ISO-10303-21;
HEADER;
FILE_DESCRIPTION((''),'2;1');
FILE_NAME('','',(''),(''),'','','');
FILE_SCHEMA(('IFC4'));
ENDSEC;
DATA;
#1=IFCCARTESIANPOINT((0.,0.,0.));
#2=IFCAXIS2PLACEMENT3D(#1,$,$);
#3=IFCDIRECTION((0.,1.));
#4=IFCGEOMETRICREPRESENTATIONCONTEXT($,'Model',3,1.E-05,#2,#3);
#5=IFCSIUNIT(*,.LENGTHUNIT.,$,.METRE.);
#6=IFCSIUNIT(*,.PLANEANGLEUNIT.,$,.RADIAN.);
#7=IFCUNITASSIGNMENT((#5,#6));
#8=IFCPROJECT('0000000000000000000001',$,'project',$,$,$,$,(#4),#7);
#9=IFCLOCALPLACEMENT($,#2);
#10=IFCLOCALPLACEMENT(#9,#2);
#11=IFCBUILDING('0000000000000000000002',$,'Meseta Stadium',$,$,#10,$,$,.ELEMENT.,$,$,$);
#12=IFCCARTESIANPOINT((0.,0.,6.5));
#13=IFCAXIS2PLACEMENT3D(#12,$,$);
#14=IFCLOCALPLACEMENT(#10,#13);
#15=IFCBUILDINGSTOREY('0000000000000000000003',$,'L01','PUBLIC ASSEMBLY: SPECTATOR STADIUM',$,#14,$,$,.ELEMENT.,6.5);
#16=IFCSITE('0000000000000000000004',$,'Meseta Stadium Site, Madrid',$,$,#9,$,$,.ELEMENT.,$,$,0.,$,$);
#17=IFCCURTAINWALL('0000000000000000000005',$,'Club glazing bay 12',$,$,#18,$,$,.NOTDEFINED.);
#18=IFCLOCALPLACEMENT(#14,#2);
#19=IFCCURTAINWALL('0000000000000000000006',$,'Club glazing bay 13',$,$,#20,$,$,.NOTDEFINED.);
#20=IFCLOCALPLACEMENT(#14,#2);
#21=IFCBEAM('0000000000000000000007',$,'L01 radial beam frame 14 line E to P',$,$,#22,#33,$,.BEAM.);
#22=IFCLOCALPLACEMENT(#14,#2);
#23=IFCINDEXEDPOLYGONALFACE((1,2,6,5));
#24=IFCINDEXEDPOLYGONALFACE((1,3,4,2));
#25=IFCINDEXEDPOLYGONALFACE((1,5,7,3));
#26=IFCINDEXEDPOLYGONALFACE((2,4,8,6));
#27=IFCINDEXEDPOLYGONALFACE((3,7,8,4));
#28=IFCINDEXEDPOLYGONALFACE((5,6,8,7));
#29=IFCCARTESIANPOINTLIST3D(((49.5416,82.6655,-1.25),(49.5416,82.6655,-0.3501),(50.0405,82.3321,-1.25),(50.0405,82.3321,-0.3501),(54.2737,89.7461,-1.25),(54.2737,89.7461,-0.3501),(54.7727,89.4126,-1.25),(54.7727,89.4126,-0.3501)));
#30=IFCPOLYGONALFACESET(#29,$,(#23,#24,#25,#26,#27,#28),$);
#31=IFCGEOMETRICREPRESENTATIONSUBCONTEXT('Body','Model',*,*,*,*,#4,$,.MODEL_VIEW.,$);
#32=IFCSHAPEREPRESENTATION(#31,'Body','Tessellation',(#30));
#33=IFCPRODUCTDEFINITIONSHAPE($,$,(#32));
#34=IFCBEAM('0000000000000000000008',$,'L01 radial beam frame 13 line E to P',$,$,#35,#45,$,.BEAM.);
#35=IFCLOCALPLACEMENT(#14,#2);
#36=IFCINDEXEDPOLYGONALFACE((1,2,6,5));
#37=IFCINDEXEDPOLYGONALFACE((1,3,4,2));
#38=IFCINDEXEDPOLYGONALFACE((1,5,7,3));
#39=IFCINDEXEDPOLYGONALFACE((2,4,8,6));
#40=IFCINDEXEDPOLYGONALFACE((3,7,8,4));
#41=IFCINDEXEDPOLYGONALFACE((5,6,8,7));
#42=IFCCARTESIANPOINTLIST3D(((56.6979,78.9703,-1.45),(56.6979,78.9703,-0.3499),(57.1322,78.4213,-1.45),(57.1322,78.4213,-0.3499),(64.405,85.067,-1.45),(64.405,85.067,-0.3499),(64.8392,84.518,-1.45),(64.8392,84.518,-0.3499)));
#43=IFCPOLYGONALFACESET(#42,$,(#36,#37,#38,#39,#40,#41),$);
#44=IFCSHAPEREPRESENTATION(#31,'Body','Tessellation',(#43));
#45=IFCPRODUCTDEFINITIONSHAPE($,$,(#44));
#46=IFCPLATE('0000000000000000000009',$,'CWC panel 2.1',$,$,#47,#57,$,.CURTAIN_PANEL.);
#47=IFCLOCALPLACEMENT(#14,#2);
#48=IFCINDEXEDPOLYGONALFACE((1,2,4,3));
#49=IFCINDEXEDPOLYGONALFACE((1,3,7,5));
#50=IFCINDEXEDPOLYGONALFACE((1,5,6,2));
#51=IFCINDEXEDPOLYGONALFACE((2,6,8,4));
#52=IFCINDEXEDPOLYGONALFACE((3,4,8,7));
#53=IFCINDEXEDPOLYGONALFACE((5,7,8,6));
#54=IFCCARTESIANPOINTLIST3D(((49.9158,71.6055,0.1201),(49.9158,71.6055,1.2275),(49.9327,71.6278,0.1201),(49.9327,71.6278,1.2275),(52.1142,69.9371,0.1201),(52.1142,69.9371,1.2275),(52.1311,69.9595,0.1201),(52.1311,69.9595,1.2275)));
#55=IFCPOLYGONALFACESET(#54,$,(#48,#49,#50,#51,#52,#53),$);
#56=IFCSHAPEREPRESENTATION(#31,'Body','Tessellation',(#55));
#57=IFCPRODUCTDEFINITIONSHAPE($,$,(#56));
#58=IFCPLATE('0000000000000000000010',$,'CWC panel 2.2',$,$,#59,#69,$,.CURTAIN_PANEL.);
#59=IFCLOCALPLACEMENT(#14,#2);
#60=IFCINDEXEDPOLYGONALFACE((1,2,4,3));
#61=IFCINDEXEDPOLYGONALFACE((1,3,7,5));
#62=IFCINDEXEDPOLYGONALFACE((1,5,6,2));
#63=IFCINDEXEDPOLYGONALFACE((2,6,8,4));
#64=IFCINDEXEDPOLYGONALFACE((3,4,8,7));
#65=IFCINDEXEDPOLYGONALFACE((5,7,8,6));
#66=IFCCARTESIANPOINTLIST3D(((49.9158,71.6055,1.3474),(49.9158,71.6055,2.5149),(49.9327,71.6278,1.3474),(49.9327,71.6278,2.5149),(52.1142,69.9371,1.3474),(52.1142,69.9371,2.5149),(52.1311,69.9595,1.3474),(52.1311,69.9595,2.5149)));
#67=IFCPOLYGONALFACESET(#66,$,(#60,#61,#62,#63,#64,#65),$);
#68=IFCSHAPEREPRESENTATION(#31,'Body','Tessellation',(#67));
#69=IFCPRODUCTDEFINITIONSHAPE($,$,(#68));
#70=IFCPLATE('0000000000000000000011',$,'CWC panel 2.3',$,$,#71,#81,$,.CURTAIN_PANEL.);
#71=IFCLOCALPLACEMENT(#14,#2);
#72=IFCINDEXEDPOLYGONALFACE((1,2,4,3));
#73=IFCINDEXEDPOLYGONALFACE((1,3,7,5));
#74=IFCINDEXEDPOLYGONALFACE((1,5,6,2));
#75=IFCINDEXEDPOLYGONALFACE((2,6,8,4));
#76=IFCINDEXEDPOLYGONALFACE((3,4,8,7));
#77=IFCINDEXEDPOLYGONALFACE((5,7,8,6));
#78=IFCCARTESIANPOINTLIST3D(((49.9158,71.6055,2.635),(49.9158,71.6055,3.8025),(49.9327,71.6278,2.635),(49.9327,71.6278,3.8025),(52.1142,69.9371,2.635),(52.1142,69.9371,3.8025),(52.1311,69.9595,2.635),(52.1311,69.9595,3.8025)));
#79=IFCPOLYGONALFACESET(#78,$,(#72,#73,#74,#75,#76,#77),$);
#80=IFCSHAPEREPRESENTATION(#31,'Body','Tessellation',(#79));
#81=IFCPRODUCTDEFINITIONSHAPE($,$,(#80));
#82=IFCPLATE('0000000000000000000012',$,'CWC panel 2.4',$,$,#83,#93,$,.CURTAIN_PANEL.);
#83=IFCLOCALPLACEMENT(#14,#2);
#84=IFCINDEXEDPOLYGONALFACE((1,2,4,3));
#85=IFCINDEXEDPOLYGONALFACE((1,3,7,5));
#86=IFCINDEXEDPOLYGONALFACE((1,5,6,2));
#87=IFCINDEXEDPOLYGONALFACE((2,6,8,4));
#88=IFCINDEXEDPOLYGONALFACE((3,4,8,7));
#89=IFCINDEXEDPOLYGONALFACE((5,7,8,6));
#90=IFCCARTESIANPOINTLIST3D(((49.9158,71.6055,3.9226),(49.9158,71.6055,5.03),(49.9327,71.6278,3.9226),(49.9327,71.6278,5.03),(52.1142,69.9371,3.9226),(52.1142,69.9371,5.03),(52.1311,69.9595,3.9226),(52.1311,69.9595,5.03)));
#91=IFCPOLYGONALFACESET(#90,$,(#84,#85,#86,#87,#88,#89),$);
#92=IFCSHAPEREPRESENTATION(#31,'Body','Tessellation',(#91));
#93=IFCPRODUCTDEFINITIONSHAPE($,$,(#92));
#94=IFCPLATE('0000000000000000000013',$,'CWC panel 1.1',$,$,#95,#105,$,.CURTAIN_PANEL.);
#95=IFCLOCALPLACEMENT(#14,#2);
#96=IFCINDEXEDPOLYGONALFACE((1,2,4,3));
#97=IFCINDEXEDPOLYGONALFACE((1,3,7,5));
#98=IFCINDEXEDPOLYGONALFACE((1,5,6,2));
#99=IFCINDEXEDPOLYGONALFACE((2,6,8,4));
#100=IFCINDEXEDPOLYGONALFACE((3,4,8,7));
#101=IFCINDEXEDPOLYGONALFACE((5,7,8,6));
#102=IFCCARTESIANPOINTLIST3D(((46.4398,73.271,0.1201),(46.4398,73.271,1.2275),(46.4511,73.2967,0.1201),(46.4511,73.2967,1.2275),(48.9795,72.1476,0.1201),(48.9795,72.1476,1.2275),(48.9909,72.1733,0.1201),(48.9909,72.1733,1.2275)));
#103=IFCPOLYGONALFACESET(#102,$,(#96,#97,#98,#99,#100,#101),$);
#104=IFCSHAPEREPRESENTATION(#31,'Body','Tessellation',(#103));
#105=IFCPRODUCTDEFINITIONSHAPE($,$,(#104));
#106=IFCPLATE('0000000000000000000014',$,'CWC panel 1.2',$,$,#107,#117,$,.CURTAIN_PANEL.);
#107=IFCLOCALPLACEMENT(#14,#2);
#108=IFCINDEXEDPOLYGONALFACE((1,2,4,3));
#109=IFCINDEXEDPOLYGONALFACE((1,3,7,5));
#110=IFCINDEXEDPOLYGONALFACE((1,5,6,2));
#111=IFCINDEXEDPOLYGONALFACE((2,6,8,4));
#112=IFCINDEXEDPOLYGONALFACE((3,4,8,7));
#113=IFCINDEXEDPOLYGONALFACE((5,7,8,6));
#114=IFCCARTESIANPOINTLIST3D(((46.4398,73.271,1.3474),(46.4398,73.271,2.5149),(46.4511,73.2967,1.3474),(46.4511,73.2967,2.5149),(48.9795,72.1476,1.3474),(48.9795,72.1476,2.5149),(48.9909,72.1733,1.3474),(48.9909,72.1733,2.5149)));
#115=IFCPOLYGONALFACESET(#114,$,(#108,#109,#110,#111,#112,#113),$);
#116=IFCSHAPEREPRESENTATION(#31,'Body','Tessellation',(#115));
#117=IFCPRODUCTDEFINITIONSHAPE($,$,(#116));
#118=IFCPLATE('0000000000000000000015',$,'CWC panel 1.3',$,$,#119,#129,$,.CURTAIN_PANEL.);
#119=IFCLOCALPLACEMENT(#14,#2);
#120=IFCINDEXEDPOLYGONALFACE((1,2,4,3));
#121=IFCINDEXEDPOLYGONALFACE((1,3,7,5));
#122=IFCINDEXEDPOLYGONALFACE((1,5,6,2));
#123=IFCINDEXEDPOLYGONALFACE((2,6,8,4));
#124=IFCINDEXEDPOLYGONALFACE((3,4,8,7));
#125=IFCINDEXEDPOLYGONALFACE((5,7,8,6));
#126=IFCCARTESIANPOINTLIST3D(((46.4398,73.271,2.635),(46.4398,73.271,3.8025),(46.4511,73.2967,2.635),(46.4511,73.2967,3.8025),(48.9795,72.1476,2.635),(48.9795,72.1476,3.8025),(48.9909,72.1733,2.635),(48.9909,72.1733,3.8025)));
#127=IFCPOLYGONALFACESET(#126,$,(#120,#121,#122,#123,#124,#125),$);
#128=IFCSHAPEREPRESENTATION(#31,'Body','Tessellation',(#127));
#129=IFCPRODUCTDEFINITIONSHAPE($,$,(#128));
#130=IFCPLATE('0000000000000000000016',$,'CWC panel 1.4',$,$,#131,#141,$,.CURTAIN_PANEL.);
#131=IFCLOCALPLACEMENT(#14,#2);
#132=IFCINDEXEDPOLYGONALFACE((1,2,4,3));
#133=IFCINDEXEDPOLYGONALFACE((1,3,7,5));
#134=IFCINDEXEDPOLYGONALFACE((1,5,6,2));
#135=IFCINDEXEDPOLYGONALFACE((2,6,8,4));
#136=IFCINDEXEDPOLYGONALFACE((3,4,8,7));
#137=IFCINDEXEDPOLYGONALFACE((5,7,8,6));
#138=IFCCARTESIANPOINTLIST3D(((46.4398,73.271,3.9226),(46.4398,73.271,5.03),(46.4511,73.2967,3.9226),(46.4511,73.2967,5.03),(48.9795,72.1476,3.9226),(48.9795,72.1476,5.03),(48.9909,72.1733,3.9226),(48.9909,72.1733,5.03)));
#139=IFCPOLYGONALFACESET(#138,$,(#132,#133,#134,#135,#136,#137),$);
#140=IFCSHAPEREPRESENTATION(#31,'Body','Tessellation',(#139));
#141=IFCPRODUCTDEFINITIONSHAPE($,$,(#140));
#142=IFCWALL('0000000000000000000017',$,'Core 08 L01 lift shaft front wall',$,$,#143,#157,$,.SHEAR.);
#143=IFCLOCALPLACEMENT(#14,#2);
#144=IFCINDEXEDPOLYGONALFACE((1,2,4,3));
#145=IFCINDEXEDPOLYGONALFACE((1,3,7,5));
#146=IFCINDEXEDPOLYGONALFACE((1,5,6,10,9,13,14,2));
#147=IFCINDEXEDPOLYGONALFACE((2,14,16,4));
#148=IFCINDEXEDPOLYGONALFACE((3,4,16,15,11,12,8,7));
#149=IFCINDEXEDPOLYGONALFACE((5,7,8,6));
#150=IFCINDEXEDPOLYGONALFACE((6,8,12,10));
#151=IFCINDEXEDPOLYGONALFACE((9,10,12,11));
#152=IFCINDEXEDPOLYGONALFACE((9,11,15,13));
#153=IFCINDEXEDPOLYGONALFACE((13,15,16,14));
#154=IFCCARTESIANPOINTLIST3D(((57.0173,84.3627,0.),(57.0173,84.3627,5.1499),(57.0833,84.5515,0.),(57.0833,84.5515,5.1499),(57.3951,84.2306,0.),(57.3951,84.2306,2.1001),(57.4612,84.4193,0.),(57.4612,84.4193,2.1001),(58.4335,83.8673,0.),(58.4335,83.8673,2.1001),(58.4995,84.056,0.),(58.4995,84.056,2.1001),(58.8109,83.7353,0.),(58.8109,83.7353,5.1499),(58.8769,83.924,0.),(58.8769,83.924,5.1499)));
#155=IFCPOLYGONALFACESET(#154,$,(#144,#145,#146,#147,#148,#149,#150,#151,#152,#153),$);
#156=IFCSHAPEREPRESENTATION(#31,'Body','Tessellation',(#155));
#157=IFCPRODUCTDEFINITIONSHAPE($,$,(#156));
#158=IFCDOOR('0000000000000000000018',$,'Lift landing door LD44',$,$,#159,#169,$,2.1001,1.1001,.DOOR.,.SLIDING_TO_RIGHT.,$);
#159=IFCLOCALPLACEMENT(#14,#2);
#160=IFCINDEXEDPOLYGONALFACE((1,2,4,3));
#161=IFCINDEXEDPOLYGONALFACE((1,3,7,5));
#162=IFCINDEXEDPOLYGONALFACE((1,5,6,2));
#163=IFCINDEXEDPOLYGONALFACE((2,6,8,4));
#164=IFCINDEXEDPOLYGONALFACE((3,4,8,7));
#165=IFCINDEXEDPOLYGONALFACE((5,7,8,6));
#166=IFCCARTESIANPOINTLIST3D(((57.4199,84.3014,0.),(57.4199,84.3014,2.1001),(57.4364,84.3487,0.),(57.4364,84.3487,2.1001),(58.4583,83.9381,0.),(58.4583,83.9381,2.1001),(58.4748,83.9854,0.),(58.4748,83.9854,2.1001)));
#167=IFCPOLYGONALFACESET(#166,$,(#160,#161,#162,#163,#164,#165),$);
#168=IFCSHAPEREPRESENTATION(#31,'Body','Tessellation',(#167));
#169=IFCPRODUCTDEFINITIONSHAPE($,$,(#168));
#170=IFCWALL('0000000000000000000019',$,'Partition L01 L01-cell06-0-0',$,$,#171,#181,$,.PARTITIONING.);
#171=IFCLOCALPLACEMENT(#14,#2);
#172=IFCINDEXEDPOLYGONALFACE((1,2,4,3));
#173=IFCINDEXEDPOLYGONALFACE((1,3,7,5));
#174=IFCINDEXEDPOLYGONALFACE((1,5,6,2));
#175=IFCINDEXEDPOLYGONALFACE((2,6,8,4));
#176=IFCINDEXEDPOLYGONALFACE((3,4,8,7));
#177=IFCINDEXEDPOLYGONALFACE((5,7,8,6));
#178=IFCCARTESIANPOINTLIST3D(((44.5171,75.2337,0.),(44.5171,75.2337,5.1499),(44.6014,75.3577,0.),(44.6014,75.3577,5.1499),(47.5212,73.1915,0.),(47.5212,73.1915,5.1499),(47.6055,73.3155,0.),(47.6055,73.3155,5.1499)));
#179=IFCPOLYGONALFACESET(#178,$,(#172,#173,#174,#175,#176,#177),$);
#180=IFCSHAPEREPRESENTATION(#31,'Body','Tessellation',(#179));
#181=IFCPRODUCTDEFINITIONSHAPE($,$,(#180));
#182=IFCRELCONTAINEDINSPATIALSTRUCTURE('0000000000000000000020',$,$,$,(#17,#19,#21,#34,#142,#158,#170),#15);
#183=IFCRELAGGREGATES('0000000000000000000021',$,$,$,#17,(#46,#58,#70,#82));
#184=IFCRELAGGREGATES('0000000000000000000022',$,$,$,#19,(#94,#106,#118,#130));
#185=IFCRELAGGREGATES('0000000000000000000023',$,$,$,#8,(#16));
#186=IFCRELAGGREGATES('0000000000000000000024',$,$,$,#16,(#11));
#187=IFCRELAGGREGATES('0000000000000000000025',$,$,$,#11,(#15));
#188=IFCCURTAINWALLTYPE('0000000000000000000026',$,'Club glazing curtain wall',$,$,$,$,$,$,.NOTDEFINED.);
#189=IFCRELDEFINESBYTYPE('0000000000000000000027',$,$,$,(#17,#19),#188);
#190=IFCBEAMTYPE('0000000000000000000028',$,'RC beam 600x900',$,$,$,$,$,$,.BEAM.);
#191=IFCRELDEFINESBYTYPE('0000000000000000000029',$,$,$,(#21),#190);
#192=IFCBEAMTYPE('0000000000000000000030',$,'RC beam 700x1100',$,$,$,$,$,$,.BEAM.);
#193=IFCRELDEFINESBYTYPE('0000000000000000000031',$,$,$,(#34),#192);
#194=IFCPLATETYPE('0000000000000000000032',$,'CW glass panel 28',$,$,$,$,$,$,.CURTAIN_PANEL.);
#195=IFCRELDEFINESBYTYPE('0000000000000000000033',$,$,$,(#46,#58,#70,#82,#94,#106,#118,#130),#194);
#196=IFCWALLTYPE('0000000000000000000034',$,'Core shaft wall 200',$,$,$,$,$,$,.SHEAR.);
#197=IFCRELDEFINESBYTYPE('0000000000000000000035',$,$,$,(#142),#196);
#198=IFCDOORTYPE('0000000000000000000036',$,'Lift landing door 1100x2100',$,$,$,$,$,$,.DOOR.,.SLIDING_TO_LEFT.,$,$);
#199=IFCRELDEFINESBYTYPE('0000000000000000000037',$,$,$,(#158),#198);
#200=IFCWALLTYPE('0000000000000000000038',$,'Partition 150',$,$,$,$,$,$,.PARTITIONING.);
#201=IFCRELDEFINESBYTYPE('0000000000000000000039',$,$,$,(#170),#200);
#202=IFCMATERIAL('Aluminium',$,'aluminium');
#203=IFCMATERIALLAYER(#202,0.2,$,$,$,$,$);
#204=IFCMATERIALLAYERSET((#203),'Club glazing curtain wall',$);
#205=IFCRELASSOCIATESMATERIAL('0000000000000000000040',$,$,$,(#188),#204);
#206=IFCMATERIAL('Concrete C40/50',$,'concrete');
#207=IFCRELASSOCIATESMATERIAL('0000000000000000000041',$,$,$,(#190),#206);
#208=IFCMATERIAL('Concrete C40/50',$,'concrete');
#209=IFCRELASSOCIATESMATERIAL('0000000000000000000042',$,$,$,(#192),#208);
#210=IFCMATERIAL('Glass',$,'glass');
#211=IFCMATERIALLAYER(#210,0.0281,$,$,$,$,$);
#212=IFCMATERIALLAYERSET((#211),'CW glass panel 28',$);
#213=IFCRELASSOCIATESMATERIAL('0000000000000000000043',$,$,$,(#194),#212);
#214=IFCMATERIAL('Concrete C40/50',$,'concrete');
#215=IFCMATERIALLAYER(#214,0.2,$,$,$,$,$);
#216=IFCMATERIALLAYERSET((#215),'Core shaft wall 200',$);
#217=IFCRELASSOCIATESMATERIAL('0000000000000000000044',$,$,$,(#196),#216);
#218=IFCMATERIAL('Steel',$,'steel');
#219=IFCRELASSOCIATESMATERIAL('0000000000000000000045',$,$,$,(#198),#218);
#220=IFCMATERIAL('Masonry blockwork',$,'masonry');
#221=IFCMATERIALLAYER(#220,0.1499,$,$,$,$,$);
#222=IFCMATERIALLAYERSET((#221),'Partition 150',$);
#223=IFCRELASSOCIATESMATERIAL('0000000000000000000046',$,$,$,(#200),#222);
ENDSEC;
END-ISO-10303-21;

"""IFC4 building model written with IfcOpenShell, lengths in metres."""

from ifc_helpers import new_model, si_unit, direction, frame, frame_2d, origin, origin_2d, place, context, subcontext, project, spatial, rectangle, extrude, material, layer, layer_set, material_profile, profile_set, type_object, element, fill, aggregate, save


model = new_model("IFC4")

# Units and contexts
model_context = context("Model", 3, precision=1e-05, world=origin(), true_north=direction((0.0, 1.0)))
body_context = subcontext(model_context, "Body", "Model", "MODEL_VIEW")
ifc_project = project(units=[si_unit("LENGTHUNIT", "METRE"), si_unit("PLANEANGLEUNIT", "RADIAN")], contexts=[model_context])

# Site, building, storey
site_placement = place(None, origin())
site = spatial("IfcSite", under=ifc_project, at=site_placement, Name="Meseta Stadium Site, Madrid", CompositionType="ELEMENT", RefElevation=0.0)
building_placement = place(site_placement, origin())
building = spatial("IfcBuilding", under=site, at=building_placement, Name="Meseta Stadium", CompositionType="ELEMENT")
storey_placement = place(building_placement, frame((0.0, 0.0, 6.5)))
storey = spatial("IfcBuildingStorey", under=building, at=storey_placement, Name="L01", Description="PUBLIC ASSEMBLY: SPECTATOR STADIUM", CompositionType="ELEMENT", Elevation=6.5)

# Curtain wall
ifc_material_1 = material(Name="Aluminium", Category="aluminium")
ifc_layer_1 = layer(ifc_material_1, 0.2)
ifc_layer_set_1 = layer_set([ifc_layer_1], Name="Club glazing curtain wall")
curtain_wall_type = type_object("IfcCurtainWallType", Name="Club glazing curtain wall", PredefinedType="NOTDEFINED", material=ifc_layer_set_1)
curtain_wall_1_placement = place(storey_placement, origin())
curtain_wall_1 = element("IfcCurtainWall", 1, at=curtain_wall_1_placement, inside=storey, type_object=curtain_wall_type, Name="Club glazing bay 12", PredefinedType="NOTDEFINED")

# Curtain wall
curtain_wall_2_placement = place(storey_placement, origin())
curtain_wall_2 = element("IfcCurtainWall", 2, at=curtain_wall_2_placement, inside=storey, type_object=curtain_wall_type, Name="Club glazing bay 13", PredefinedType="NOTDEFINED")

# Beams
ifc_material_2 = material(Name="Concrete C40/50", Category="concrete")
ifc_material_profile_1 = material_profile(ifc_material_2, rectangle(XDim=0.6001, YDim=0.8999, at=origin_2d()), Name="RC 600x900")
ifc_profile_set_1 = profile_set([ifc_material_profile_1], Name="Concrete C40/50")
beam_type_1 = type_object("IfcBeamType", Name="RC beam 600x900", PredefinedType="BEAM", material=ifc_profile_set_1)
beam_1_placement = place(storey_placement, frame((49.791, 82.4988, -0.8), z_axis=(0.555659, 0.83141, 0.0), x_axis=(-0.83141, 0.555659, 0.0)))
element("IfcBeam", 3, at=beam_1_placement, inside=storey, type_object=beam_type_1, Name="L01 radial beam frame 14 line E to P", PredefinedType="BEAM", context=body_context, shape_type="SweptSolid", body=[
    extrude(rectangle(XDim=0.6001, YDim=0.8999, at=origin_2d()), origin(), (0.0, 0.0, 1.0), 8.5164),
])
ifc_material_3 = material(Name="Concrete C40/50", Category="concrete")
ifc_material_profile_2 = material_profile(ifc_material_3, rectangle(XDim=0.7, YDim=1.1001, at=origin_2d()), Name="RC 700x1100")
ifc_profile_set_2 = profile_set([ifc_material_profile_2], Name="Concrete C40/50")
beam_type_2 = type_object("IfcBeamType", Name="RC beam 700x1100", PredefinedType="BEAM", material=ifc_profile_set_2)
beam_2_placement = place(storey_placement, frame((56.915, 78.6958, -0.8999), z_axis=(0.78428, 0.620408, 0.0), x_axis=(-0.620408, 0.78428, 0.0)))
element("IfcBeam", 4, at=beam_2_placement, inside=storey, type_object=beam_type_2, Name="L01 radial beam frame 13 line E to P", PredefinedType="BEAM", context=body_context, shape_type="SweptSolid", body=[
    extrude(rectangle(XDim=0.7, YDim=1.1001, at=origin_2d()), origin(), (0.0, 0.0, 1.0), 9.8269),
])

# Plates
ifc_material_4 = material(Name="Glass", Category="glass")
ifc_layer_2 = layer(ifc_material_4, 0.0281)
ifc_layer_set_2 = layer_set([ifc_layer_2], Name="CW glass panel 28")
plate_type = type_object("IfcPlateType", Name="CW glass panel 28", PredefinedType="CURTAIN_PANEL", material=ifc_layer_set_2)
plate_1_placement = place(storey_placement, frame((51.0234, 70.7825, 0.1201), z_axis=(0.0, 0.0, 1.0), x_axis=(-0.79659, 0.60452, 0.0)))
plate_1 = element("IfcPlate", 5, at=plate_1_placement, type_object=plate_type, Name="CWC panel 2.1", PredefinedType="CURTAIN_PANEL", context=body_context, shape_type="SweptSolid", body=[
    extrude(rectangle(XDim=2.7598, YDim=0.0281, at=origin_2d()), origin(), (0.0, 0.0, 1.0), 1.1074),
])
plate_2_placement = place(storey_placement, frame((51.0234, 70.7825, 1.3474), z_axis=(0.0, 0.0, 1.0), x_axis=(-0.79659, 0.60452, 0.0)))
plate_2 = element("IfcPlate", 6, at=plate_2_placement, type_object=plate_type, Name="CWC panel 2.2", PredefinedType="CURTAIN_PANEL", context=body_context, shape_type="SweptSolid", body=[
    extrude(rectangle(XDim=2.7598, YDim=0.0281, at=origin_2d()), origin(), (0.0, 0.0, 1.0), 1.1675),
])
plate_3_placement = place(storey_placement, frame((51.0234, 70.7825, 2.635), z_axis=(0.0, 0.0, 1.0), x_axis=(-0.79659, 0.60452, 0.0)))
plate_3 = element("IfcPlate", 7, at=plate_3_placement, type_object=plate_type, Name="CWC panel 2.3", PredefinedType="CURTAIN_PANEL", context=body_context, shape_type="SweptSolid", body=[
    extrude(rectangle(XDim=2.7598, YDim=0.0281, at=origin_2d()), origin(), (0.0, 0.0, 1.0), 1.1675),
])
plate_4_placement = place(storey_placement, frame((51.0234, 70.7825, 3.9226), z_axis=(0.0, 0.0, 1.0), x_axis=(-0.79659, 0.60452, 0.0)))
plate_4 = element("IfcPlate", 8, at=plate_4_placement, type_object=plate_type, Name="CWC panel 2.4", PredefinedType="CURTAIN_PANEL", context=body_context, shape_type="SweptSolid", body=[
    extrude(rectangle(XDim=2.7598, YDim=0.0281, at=origin_2d()), origin(), (0.0, 0.0, 1.0), 1.1074),
])
aggregate(curtain_wall_1, [plate_1, plate_2, plate_3, plate_4])
plate_5_placement = place(storey_placement, frame((47.7153, 72.7222, 0.1201), z_axis=(0.0, 0.0, 1.0), x_axis=(-0.914527, 0.404524, 0.0)))
plate_5 = element("IfcPlate", 9, at=plate_5_placement, type_object=plate_type, Name="CWC panel 1.1", PredefinedType="CURTAIN_PANEL", context=body_context, shape_type="SweptSolid", body=[
    extrude(rectangle(XDim=2.7771, YDim=0.0281, at=origin_2d()), origin(), (0.0, 0.0, 1.0), 1.1074),
])
plate_6_placement = place(storey_placement, frame((47.7153, 72.7222, 1.3474), z_axis=(0.0, 0.0, 1.0), x_axis=(-0.914527, 0.404524, 0.0)))
plate_6 = element("IfcPlate", 10, at=plate_6_placement, type_object=plate_type, Name="CWC panel 1.2", PredefinedType="CURTAIN_PANEL", context=body_context, shape_type="SweptSolid", body=[
    extrude(rectangle(XDim=2.7771, YDim=0.0281, at=origin_2d()), origin(), (0.0, 0.0, 1.0), 1.1675),
])
plate_7_placement = place(storey_placement, frame((47.7153, 72.7222, 2.635), z_axis=(0.0, 0.0, 1.0), x_axis=(-0.914527, 0.404524, 0.0)))
plate_7 = element("IfcPlate", 11, at=plate_7_placement, type_object=plate_type, Name="CWC panel 1.3", PredefinedType="CURTAIN_PANEL", context=body_context, shape_type="SweptSolid", body=[
    extrude(rectangle(XDim=2.7771, YDim=0.0281, at=origin_2d()), origin(), (0.0, 0.0, 1.0), 1.1675),
])
plate_8_placement = place(storey_placement, frame((47.7153, 72.7222, 3.9226), z_axis=(0.0, 0.0, 1.0), x_axis=(-0.914527, 0.404524, 0.0)))
plate_8 = element("IfcPlate", 12, at=plate_8_placement, type_object=plate_type, Name="CWC panel 1.4", PredefinedType="CURTAIN_PANEL", context=body_context, shape_type="SweptSolid", body=[
    extrude(rectangle(XDim=2.7771, YDim=0.0281, at=origin_2d()), origin(), (0.0, 0.0, 1.0), 1.1074),
])
aggregate(curtain_wall_2, [plate_5, plate_6, plate_7, plate_8])

# Wall, opening, door
ifc_material_5 = material(Name="Concrete C40/50", Category="concrete")
ifc_layer_3 = layer(ifc_material_5, 0.2)
ifc_layer_set_3 = layer_set([ifc_layer_3], Name="Core shaft wall 200")
wall_type_1 = type_object("IfcWallType", Name="Core shaft wall 200", PredefinedType="SHEAR", material=ifc_layer_set_3)
wall_1_placement = place(storey_placement, frame((58.844, 83.8296, 0.0), z_axis=(0.0, 0.0, 1.0), x_axis=(-0.943902, 0.330225, 0.0)))
wall_1 = element("IfcWall", 13, at=wall_1_placement, inside=storey, type_object=wall_type_1, Name="Core 08 L01 lift shaft front wall", PredefinedType="SHEAR", context=body_context, shape_type="SweptSolid", body=[
    extrude(rectangle(XDim=1.9001, YDim=0.2, at=frame_2d((0.9502, 0.0))), origin(), (0.0, 0.0, 1.0), 5.1499),
])
opening_1_placement = place(wall_1_placement, frame((0.3999, 0.0, 0.0)))
opening_1 = element("IfcOpeningElement", 14, at=opening_1_placement, cuts=wall_1, PredefinedType="OPENING", context=body_context, shape_type="SweptSolid", body=[
    extrude(rectangle(XDim=1.1001, YDim=2.1001, at=frame_2d((0.55, 1.05))), frame((0.0, 0.1099, 0.0), z_axis=(0.0, -1.0, 0.0), x_axis=(1.0, 0.0, 0.0)), (0.0, 0.0, 1.0), 0.22),
])
ifc_material_6 = material(Name="Steel", Category="steel")
door_type_1 = type_object("IfcDoorType", Name="Lift landing door 1100x2100", OperationType="SLIDING_TO_LEFT", PredefinedType="DOOR", material=ifc_material_6)
door_1_placement = place(opening_1_placement, origin())
door_1 = element("IfcDoor", 15, at=door_1_placement, inside=storey, type_object=door_type_1, Name="Lift landing door LD44", OperationType="SLIDING_TO_RIGHT", OverallHeight=2.1001, OverallWidth=1.1001, PredefinedType="DOOR", context=body_context, shape_type="SweptSolid", body=[
    extrude(rectangle(XDim=1.1001, YDim=2.1001, at=frame_2d((0.55, 1.05))), frame((0.0, 0.0249, 0.0), z_axis=(0.0, -1.0, 0.0), x_axis=(1.0, 0.0, 0.0)), (0.0, 0.0, 1.0), 0.05),
])
fill(opening_1, door_1)

# Wall
ifc_material_7 = material(Name="Masonry blockwork", Category="masonry")
ifc_layer_4 = layer(ifc_material_7, 0.1499)
ifc_layer_set_4 = layer_set([ifc_layer_4], Name="Partition 150")
wall_type_2 = type_object("IfcWallType", Name="Partition 150", PredefinedType="PARTITIONING", material=ifc_layer_set_4)
wall_2_placement = place(storey_placement, frame((47.5635, 73.2534, 0.0), z_axis=(0.0, 0.0, 1.0), x_axis=(-0.827001, 0.5622, 0.0)))
element("IfcWall", 16, at=wall_2_placement, inside=storey, type_object=wall_type_2, Name="Partition L01 L01-cell06-0-0", PredefinedType="PARTITIONING", context=body_context, shape_type="SweptSolid", body=[
    extrude(rectangle(XDim=3.6326, YDim=0.1499, at=frame_2d((1.8164, 0.0))), origin(), (0.0, 0.0, 1.0), 5.1499),
])

save(model, "model.ifc")
